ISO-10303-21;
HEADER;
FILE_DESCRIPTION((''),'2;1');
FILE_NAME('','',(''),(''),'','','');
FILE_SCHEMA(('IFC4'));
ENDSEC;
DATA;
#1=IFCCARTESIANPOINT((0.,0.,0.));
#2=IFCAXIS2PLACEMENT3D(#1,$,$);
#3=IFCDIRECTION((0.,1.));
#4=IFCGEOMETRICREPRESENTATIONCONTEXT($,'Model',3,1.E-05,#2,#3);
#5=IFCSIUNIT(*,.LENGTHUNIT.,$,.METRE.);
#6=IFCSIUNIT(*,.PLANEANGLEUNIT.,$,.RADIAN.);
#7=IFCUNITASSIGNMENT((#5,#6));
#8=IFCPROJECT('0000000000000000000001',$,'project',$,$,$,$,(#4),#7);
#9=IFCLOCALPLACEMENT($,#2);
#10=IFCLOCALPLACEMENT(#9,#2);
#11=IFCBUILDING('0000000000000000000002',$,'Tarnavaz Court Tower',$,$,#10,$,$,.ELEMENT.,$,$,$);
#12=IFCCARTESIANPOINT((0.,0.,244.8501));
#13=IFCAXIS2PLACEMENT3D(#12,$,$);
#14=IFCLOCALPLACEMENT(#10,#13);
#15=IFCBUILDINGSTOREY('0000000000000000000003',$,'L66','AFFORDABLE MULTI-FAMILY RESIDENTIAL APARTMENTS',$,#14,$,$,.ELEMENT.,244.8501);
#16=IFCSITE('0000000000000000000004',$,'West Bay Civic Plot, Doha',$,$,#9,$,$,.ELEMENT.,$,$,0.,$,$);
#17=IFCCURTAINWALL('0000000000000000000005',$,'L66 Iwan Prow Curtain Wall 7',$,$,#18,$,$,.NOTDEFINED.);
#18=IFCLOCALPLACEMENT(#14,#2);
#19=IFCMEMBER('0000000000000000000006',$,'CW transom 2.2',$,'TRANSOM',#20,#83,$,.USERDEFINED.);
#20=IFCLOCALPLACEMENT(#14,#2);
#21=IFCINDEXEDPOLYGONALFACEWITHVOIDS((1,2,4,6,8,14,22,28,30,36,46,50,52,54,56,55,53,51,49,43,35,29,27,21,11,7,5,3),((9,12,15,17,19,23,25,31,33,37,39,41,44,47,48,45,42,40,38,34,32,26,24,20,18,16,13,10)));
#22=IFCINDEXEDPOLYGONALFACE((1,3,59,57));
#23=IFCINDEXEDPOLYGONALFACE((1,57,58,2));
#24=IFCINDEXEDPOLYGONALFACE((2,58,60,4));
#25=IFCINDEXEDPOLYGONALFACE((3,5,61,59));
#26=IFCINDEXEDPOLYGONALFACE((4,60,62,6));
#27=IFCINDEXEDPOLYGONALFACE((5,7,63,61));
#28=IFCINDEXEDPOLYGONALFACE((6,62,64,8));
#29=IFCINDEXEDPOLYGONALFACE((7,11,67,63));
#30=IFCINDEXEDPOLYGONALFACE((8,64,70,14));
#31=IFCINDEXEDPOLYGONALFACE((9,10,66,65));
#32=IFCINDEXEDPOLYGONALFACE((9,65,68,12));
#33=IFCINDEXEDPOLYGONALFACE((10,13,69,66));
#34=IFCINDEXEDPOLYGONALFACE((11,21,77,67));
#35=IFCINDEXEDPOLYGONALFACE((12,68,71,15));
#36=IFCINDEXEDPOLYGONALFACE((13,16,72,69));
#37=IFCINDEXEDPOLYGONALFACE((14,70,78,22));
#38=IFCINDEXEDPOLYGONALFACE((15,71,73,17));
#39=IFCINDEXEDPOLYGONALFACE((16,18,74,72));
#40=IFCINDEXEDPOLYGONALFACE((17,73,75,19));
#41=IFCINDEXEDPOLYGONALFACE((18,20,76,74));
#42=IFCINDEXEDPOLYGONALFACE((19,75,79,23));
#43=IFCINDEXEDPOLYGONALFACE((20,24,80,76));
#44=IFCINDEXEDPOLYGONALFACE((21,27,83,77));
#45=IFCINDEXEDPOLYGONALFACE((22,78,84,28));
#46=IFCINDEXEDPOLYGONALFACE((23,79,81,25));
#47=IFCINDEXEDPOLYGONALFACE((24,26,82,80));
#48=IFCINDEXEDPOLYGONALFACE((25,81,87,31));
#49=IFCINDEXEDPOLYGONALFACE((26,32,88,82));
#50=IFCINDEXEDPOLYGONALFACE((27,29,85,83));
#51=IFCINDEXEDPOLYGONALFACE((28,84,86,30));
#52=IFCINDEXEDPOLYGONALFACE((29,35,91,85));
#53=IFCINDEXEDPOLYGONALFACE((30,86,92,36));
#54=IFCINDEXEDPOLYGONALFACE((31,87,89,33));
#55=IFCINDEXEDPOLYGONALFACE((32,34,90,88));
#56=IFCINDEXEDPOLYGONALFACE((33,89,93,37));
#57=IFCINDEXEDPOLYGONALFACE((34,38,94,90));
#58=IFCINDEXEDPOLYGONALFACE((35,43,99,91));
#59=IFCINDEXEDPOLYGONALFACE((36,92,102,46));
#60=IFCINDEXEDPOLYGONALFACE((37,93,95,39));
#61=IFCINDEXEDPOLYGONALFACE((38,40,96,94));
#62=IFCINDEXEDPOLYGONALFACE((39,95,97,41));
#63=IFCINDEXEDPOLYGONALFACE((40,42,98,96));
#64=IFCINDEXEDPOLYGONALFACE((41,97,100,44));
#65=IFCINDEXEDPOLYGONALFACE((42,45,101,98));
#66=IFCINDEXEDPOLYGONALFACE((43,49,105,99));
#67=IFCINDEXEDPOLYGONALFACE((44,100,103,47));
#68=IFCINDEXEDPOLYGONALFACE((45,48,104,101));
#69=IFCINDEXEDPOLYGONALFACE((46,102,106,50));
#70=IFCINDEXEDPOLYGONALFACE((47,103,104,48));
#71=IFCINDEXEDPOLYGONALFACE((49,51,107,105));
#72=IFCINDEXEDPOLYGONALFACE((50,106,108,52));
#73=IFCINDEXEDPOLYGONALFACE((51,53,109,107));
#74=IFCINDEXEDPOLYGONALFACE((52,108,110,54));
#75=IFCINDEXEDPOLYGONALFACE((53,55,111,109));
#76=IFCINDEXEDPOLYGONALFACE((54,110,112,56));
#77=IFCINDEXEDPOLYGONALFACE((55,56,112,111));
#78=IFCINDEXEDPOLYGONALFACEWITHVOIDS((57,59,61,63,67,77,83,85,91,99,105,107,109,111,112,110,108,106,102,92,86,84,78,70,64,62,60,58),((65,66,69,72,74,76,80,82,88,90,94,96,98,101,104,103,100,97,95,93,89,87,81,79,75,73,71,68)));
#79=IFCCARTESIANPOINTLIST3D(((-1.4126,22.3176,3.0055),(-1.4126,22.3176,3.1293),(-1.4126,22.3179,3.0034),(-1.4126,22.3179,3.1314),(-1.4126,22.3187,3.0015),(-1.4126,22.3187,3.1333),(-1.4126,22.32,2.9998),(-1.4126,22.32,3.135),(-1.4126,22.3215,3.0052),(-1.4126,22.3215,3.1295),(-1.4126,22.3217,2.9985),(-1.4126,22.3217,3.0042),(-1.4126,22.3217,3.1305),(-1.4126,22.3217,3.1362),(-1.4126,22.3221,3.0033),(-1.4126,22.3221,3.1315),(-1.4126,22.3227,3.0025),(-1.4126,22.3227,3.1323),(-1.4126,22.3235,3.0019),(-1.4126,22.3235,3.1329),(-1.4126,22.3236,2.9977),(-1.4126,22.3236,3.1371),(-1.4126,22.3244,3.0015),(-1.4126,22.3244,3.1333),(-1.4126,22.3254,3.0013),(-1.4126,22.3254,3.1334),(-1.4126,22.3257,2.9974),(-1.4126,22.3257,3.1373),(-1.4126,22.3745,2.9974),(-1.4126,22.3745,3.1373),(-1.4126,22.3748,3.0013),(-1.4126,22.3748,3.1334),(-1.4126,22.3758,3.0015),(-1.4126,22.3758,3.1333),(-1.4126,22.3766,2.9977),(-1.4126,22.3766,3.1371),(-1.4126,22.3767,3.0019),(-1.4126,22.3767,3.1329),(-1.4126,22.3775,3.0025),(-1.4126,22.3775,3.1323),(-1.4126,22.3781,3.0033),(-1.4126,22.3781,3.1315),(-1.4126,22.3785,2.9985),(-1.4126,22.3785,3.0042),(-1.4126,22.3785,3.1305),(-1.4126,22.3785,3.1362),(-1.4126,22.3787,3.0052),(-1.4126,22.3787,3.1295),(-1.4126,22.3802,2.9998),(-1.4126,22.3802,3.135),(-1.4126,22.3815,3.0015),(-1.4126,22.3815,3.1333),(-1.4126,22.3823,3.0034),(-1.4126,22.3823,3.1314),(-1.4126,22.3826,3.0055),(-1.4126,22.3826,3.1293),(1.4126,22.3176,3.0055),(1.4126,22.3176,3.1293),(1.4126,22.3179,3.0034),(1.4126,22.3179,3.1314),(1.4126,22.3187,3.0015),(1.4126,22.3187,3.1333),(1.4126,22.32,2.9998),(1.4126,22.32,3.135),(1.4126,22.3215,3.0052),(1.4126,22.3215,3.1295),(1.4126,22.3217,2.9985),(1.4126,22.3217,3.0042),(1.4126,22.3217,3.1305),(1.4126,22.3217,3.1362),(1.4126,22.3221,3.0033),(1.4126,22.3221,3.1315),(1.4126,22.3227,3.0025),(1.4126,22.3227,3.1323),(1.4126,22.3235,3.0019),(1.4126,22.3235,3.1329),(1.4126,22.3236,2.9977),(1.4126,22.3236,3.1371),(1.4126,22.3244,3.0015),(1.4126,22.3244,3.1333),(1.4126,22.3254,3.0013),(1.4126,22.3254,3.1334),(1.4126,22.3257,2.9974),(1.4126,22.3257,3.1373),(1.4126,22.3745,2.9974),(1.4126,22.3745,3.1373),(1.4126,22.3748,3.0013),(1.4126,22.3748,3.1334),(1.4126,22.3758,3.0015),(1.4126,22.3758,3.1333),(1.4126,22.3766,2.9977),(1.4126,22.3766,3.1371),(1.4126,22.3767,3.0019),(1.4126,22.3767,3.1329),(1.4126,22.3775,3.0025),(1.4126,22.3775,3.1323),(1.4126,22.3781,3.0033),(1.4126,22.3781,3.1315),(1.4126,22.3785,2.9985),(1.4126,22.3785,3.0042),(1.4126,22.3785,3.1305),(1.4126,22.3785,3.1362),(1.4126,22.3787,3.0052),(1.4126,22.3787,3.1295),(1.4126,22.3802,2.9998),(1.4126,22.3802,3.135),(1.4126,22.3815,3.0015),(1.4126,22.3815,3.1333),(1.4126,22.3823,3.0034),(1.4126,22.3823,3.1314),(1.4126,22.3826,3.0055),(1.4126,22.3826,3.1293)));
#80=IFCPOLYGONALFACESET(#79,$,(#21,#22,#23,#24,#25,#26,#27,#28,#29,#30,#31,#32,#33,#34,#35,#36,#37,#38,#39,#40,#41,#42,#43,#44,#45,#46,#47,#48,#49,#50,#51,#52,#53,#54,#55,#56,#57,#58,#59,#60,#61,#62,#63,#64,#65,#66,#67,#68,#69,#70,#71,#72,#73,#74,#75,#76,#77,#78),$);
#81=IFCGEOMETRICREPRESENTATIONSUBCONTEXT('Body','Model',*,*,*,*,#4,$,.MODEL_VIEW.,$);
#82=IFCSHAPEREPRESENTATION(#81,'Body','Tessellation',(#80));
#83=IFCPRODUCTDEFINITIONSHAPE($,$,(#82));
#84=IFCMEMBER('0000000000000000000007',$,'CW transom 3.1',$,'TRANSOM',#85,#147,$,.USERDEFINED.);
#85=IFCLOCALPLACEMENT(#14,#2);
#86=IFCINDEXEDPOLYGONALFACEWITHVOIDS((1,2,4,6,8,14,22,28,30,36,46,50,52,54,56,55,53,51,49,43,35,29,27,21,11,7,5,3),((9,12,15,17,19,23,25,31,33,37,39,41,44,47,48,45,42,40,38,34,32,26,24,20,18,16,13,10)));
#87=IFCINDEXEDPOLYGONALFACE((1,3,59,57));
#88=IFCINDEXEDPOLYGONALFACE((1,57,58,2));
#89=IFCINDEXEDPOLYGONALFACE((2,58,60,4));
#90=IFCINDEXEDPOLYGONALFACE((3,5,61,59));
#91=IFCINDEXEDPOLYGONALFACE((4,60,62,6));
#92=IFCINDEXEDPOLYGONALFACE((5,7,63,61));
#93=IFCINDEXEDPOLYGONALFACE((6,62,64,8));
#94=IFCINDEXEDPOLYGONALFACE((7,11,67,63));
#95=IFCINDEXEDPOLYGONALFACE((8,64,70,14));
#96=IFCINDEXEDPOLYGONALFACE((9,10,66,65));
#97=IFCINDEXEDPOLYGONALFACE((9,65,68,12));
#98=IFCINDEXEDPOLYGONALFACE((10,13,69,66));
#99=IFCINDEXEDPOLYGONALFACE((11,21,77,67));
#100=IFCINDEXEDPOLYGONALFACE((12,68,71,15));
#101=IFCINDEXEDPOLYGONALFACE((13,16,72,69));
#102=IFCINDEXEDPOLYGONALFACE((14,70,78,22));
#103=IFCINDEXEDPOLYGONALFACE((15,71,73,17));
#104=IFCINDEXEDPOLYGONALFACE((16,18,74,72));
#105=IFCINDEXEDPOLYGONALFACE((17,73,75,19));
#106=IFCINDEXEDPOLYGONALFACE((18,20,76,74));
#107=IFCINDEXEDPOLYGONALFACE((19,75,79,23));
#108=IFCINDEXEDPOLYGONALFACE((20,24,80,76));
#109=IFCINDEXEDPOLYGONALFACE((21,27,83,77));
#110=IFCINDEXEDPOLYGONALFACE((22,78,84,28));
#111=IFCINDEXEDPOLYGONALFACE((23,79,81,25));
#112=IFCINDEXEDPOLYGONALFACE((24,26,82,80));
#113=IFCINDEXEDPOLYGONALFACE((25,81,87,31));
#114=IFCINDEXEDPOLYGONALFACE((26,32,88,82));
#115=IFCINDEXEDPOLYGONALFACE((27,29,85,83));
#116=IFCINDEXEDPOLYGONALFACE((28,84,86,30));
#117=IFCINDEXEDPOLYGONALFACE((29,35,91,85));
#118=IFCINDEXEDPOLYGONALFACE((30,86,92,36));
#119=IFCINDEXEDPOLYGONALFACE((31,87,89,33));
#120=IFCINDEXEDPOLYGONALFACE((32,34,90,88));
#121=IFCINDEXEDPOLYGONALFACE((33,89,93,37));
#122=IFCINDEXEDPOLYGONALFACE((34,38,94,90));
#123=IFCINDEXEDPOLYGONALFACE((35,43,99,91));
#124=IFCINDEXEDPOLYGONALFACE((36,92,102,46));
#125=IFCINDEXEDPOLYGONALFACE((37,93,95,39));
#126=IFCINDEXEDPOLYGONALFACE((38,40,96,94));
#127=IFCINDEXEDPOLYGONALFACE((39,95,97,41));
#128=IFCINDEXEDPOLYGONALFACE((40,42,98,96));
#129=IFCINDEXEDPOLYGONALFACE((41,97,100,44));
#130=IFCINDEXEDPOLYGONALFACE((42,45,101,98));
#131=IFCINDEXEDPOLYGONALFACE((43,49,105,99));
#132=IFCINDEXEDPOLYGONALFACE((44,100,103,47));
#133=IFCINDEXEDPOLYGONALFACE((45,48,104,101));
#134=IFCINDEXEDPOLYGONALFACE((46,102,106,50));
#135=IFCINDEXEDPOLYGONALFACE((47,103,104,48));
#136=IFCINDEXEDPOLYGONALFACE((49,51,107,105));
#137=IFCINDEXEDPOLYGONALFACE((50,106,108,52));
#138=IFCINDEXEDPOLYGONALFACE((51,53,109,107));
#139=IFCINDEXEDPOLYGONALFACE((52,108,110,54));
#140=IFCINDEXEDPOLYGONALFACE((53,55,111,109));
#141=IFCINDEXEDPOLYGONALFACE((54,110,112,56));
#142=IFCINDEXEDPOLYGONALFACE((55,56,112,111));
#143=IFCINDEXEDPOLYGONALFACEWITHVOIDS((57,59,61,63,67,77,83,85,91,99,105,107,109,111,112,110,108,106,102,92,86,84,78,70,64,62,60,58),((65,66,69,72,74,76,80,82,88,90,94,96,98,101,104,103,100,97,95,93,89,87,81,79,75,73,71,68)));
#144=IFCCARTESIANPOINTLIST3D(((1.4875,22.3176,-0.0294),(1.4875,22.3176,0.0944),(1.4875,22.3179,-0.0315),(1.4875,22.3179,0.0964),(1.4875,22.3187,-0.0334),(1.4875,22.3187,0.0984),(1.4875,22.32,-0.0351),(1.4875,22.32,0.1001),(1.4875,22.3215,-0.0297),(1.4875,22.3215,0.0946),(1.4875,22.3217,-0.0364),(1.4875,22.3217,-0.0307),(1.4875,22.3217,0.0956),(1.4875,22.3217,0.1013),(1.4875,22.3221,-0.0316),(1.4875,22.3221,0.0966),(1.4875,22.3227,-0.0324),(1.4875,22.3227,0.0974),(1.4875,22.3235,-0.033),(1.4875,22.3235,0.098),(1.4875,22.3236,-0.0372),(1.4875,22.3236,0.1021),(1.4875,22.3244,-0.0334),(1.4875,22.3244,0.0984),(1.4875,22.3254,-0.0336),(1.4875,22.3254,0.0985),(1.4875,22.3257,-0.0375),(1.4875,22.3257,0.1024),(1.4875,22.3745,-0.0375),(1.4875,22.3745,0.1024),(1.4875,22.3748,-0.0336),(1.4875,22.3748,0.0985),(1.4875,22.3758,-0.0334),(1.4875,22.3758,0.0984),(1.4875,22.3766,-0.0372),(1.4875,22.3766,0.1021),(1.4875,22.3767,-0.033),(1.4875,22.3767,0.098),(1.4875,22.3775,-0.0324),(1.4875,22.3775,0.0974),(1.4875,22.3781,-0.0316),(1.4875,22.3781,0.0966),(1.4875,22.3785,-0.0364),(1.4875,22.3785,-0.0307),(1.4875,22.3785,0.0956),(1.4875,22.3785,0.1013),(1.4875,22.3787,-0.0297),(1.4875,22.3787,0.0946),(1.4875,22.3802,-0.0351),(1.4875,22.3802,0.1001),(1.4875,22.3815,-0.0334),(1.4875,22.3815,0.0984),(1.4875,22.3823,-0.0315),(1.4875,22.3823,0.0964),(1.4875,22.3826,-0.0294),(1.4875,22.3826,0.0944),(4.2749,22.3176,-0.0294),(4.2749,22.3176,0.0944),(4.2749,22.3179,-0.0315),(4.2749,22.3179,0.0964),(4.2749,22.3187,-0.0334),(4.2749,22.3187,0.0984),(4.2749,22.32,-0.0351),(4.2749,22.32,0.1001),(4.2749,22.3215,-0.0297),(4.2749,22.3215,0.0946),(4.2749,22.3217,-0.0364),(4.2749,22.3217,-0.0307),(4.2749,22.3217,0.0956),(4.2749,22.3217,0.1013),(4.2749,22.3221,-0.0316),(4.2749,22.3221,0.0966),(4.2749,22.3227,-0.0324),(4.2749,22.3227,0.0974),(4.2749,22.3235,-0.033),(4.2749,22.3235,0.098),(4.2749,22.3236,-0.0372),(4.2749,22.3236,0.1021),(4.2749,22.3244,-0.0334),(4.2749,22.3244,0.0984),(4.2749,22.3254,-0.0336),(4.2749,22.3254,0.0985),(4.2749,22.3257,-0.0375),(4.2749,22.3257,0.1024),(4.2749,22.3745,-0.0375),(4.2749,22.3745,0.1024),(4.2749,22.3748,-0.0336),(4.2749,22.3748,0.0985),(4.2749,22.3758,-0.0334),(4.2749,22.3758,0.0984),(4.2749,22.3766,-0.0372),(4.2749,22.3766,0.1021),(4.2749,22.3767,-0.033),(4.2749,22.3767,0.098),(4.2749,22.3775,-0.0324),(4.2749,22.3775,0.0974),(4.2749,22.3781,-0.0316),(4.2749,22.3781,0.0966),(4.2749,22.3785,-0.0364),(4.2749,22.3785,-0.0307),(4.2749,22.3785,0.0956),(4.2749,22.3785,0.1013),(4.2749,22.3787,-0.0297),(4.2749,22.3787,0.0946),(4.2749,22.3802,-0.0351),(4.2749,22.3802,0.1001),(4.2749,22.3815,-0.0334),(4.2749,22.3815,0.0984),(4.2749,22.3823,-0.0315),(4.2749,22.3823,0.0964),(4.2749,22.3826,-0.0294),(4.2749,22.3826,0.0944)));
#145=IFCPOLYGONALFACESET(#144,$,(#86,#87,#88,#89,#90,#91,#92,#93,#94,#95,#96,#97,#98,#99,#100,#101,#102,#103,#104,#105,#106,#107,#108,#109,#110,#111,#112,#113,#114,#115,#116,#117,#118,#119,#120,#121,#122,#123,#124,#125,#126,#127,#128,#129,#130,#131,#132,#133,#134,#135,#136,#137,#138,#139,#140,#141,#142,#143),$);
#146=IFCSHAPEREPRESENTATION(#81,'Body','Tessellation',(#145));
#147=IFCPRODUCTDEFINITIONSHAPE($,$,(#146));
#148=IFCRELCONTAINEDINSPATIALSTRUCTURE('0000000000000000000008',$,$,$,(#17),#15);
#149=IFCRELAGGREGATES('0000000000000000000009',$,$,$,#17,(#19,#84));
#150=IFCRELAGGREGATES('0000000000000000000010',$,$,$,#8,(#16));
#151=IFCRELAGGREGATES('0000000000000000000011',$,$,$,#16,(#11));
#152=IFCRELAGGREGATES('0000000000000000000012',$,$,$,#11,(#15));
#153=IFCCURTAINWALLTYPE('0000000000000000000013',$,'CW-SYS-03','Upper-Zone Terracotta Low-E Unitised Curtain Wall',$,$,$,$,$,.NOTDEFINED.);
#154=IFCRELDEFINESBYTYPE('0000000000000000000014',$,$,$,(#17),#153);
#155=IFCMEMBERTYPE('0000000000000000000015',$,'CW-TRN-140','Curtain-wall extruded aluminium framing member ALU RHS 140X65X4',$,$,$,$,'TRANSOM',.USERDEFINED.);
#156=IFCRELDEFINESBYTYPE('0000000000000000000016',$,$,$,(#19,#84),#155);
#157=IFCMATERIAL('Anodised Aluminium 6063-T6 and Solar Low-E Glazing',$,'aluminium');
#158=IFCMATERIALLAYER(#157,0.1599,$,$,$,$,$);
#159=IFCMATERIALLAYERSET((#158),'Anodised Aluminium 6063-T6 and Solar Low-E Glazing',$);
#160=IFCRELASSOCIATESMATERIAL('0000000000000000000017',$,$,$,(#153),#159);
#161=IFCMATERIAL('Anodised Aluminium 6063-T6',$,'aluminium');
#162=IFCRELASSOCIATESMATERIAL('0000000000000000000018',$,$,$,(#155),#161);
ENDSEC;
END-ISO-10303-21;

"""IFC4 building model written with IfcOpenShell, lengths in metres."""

from ifc_helpers import new_model, si_unit, direction, frame, origin, origin_2d, place, context, subcontext, project, spatial, hollow_rectangle, extrude, material, layer, layer_set, material_profile, profile_set, type_object, element, aggregate, save


model = new_model("IFC4")

# Units and contexts
model_context = context("Model", 3, precision=1e-05, world=origin(), true_north=direction((0.0, 1.0)))
body_context = subcontext(model_context, "Body", "Model", "MODEL_VIEW")
ifc_project = project(units=[si_unit("LENGTHUNIT", "METRE"), si_unit("PLANEANGLEUNIT", "RADIAN")], contexts=[model_context])

# Site, building, storey
site_placement = place(None, origin())
site = spatial("IfcSite", under=ifc_project, at=site_placement, Name="West Bay Civic Plot, Doha", CompositionType="ELEMENT", RefElevation=0.0)
building_placement = place(site_placement, origin())
building = spatial("IfcBuilding", under=site, at=building_placement, Name="Tarnavaz Court Tower", CompositionType="ELEMENT")
storey_placement = place(building_placement, frame((0.0, 0.0, 244.8501)))
storey = spatial("IfcBuildingStorey", under=building, at=storey_placement, Name="L66", Description="AFFORDABLE MULTI-FAMILY RESIDENTIAL APARTMENTS", CompositionType="ELEMENT", Elevation=244.8501)

# Curtain wall, members
ifc_material_1 = material(Name="Anodised Aluminium 6063-T6 and Solar Low-E Glazing", Category="aluminium")
ifc_layer_1 = layer(ifc_material_1, 0.1599)
ifc_layer_set_1 = layer_set([ifc_layer_1], Name="Anodised Aluminium 6063-T6 and Solar Low-E Glazing")
curtain_wall_type = type_object("IfcCurtainWallType", Name="CW-SYS-03", Description="Upper-Zone Terracotta Low-E Unitised Curtain Wall", PredefinedType="NOTDEFINED", material=ifc_layer_set_1)
curtain_wall_placement = place(storey_placement, origin())
curtain_wall = element("IfcCurtainWall", 1, at=curtain_wall_placement, inside=storey, type_object=curtain_wall_type, Name="L66 Iwan Prow Curtain Wall 7", PredefinedType="NOTDEFINED")
ifc_material_2 = material(Name="Anodised Aluminium 6063-T6", Category="aluminium")
ifc_material_profile_1 = material_profile(ifc_material_2, hollow_rectangle(XDim=0.0649, YDim=0.1399, WallThickness=0.0039, InnerFilletRadius=0.0039, OuterFilletRadius=0.0081, at=origin_2d()), Name="ALU RHS 140X65X4")
ifc_profile_set_1 = profile_set([ifc_material_profile_1], Name="Anodised Aluminium 6063-T6")
member_type_1 = type_object("IfcMemberType", Name="CW-TRN-140", Description="Curtain-wall extruded aluminium framing member ALU RHS 140X65X4", ElementType="TRANSOM", PredefinedType="USERDEFINED", material=ifc_profile_set_1)
member_1_placement = place(storey_placement, frame((-1.4126, 22.3501, 3.0674), z_axis=(1.0, 0.0, 0.0), x_axis=(0.0, 1.0, 0.0)))
member_1 = element("IfcMember", 2, at=member_1_placement, type_object=member_type_1, Name="CW transom 2.2", ObjectType="TRANSOM", PredefinedType="USERDEFINED", context=body_context, shape_type="SweptSolid", body=[
    extrude(hollow_rectangle(XDim=0.0649, YDim=0.1399, WallThickness=0.0039, InnerFilletRadius=0.0039, OuterFilletRadius=0.0081, at=origin_2d()), origin(), (0.0, 0.0, 1.0), 2.8252),
])
member_2_placement = place(storey_placement, frame((1.4875, 22.3501, 0.0325), z_axis=(1.0, 0.0, 0.0), x_axis=(0.0, 1.0, 0.0)))
member_2 = element("IfcMember", 3, at=member_2_placement, type_object=member_type_1, Name="CW transom 3.1", ObjectType="TRANSOM", PredefinedType="USERDEFINED", context=body_context, shape_type="SweptSolid", body=[
    extrude(hollow_rectangle(XDim=0.0649, YDim=0.1399, WallThickness=0.0039, InnerFilletRadius=0.0039, OuterFilletRadius=0.0081, at=origin_2d()), origin(), (0.0, 0.0, 1.0), 2.7874),
])
aggregate(curtain_wall, [member_1, member_2])

save(model, "model.ifc")
